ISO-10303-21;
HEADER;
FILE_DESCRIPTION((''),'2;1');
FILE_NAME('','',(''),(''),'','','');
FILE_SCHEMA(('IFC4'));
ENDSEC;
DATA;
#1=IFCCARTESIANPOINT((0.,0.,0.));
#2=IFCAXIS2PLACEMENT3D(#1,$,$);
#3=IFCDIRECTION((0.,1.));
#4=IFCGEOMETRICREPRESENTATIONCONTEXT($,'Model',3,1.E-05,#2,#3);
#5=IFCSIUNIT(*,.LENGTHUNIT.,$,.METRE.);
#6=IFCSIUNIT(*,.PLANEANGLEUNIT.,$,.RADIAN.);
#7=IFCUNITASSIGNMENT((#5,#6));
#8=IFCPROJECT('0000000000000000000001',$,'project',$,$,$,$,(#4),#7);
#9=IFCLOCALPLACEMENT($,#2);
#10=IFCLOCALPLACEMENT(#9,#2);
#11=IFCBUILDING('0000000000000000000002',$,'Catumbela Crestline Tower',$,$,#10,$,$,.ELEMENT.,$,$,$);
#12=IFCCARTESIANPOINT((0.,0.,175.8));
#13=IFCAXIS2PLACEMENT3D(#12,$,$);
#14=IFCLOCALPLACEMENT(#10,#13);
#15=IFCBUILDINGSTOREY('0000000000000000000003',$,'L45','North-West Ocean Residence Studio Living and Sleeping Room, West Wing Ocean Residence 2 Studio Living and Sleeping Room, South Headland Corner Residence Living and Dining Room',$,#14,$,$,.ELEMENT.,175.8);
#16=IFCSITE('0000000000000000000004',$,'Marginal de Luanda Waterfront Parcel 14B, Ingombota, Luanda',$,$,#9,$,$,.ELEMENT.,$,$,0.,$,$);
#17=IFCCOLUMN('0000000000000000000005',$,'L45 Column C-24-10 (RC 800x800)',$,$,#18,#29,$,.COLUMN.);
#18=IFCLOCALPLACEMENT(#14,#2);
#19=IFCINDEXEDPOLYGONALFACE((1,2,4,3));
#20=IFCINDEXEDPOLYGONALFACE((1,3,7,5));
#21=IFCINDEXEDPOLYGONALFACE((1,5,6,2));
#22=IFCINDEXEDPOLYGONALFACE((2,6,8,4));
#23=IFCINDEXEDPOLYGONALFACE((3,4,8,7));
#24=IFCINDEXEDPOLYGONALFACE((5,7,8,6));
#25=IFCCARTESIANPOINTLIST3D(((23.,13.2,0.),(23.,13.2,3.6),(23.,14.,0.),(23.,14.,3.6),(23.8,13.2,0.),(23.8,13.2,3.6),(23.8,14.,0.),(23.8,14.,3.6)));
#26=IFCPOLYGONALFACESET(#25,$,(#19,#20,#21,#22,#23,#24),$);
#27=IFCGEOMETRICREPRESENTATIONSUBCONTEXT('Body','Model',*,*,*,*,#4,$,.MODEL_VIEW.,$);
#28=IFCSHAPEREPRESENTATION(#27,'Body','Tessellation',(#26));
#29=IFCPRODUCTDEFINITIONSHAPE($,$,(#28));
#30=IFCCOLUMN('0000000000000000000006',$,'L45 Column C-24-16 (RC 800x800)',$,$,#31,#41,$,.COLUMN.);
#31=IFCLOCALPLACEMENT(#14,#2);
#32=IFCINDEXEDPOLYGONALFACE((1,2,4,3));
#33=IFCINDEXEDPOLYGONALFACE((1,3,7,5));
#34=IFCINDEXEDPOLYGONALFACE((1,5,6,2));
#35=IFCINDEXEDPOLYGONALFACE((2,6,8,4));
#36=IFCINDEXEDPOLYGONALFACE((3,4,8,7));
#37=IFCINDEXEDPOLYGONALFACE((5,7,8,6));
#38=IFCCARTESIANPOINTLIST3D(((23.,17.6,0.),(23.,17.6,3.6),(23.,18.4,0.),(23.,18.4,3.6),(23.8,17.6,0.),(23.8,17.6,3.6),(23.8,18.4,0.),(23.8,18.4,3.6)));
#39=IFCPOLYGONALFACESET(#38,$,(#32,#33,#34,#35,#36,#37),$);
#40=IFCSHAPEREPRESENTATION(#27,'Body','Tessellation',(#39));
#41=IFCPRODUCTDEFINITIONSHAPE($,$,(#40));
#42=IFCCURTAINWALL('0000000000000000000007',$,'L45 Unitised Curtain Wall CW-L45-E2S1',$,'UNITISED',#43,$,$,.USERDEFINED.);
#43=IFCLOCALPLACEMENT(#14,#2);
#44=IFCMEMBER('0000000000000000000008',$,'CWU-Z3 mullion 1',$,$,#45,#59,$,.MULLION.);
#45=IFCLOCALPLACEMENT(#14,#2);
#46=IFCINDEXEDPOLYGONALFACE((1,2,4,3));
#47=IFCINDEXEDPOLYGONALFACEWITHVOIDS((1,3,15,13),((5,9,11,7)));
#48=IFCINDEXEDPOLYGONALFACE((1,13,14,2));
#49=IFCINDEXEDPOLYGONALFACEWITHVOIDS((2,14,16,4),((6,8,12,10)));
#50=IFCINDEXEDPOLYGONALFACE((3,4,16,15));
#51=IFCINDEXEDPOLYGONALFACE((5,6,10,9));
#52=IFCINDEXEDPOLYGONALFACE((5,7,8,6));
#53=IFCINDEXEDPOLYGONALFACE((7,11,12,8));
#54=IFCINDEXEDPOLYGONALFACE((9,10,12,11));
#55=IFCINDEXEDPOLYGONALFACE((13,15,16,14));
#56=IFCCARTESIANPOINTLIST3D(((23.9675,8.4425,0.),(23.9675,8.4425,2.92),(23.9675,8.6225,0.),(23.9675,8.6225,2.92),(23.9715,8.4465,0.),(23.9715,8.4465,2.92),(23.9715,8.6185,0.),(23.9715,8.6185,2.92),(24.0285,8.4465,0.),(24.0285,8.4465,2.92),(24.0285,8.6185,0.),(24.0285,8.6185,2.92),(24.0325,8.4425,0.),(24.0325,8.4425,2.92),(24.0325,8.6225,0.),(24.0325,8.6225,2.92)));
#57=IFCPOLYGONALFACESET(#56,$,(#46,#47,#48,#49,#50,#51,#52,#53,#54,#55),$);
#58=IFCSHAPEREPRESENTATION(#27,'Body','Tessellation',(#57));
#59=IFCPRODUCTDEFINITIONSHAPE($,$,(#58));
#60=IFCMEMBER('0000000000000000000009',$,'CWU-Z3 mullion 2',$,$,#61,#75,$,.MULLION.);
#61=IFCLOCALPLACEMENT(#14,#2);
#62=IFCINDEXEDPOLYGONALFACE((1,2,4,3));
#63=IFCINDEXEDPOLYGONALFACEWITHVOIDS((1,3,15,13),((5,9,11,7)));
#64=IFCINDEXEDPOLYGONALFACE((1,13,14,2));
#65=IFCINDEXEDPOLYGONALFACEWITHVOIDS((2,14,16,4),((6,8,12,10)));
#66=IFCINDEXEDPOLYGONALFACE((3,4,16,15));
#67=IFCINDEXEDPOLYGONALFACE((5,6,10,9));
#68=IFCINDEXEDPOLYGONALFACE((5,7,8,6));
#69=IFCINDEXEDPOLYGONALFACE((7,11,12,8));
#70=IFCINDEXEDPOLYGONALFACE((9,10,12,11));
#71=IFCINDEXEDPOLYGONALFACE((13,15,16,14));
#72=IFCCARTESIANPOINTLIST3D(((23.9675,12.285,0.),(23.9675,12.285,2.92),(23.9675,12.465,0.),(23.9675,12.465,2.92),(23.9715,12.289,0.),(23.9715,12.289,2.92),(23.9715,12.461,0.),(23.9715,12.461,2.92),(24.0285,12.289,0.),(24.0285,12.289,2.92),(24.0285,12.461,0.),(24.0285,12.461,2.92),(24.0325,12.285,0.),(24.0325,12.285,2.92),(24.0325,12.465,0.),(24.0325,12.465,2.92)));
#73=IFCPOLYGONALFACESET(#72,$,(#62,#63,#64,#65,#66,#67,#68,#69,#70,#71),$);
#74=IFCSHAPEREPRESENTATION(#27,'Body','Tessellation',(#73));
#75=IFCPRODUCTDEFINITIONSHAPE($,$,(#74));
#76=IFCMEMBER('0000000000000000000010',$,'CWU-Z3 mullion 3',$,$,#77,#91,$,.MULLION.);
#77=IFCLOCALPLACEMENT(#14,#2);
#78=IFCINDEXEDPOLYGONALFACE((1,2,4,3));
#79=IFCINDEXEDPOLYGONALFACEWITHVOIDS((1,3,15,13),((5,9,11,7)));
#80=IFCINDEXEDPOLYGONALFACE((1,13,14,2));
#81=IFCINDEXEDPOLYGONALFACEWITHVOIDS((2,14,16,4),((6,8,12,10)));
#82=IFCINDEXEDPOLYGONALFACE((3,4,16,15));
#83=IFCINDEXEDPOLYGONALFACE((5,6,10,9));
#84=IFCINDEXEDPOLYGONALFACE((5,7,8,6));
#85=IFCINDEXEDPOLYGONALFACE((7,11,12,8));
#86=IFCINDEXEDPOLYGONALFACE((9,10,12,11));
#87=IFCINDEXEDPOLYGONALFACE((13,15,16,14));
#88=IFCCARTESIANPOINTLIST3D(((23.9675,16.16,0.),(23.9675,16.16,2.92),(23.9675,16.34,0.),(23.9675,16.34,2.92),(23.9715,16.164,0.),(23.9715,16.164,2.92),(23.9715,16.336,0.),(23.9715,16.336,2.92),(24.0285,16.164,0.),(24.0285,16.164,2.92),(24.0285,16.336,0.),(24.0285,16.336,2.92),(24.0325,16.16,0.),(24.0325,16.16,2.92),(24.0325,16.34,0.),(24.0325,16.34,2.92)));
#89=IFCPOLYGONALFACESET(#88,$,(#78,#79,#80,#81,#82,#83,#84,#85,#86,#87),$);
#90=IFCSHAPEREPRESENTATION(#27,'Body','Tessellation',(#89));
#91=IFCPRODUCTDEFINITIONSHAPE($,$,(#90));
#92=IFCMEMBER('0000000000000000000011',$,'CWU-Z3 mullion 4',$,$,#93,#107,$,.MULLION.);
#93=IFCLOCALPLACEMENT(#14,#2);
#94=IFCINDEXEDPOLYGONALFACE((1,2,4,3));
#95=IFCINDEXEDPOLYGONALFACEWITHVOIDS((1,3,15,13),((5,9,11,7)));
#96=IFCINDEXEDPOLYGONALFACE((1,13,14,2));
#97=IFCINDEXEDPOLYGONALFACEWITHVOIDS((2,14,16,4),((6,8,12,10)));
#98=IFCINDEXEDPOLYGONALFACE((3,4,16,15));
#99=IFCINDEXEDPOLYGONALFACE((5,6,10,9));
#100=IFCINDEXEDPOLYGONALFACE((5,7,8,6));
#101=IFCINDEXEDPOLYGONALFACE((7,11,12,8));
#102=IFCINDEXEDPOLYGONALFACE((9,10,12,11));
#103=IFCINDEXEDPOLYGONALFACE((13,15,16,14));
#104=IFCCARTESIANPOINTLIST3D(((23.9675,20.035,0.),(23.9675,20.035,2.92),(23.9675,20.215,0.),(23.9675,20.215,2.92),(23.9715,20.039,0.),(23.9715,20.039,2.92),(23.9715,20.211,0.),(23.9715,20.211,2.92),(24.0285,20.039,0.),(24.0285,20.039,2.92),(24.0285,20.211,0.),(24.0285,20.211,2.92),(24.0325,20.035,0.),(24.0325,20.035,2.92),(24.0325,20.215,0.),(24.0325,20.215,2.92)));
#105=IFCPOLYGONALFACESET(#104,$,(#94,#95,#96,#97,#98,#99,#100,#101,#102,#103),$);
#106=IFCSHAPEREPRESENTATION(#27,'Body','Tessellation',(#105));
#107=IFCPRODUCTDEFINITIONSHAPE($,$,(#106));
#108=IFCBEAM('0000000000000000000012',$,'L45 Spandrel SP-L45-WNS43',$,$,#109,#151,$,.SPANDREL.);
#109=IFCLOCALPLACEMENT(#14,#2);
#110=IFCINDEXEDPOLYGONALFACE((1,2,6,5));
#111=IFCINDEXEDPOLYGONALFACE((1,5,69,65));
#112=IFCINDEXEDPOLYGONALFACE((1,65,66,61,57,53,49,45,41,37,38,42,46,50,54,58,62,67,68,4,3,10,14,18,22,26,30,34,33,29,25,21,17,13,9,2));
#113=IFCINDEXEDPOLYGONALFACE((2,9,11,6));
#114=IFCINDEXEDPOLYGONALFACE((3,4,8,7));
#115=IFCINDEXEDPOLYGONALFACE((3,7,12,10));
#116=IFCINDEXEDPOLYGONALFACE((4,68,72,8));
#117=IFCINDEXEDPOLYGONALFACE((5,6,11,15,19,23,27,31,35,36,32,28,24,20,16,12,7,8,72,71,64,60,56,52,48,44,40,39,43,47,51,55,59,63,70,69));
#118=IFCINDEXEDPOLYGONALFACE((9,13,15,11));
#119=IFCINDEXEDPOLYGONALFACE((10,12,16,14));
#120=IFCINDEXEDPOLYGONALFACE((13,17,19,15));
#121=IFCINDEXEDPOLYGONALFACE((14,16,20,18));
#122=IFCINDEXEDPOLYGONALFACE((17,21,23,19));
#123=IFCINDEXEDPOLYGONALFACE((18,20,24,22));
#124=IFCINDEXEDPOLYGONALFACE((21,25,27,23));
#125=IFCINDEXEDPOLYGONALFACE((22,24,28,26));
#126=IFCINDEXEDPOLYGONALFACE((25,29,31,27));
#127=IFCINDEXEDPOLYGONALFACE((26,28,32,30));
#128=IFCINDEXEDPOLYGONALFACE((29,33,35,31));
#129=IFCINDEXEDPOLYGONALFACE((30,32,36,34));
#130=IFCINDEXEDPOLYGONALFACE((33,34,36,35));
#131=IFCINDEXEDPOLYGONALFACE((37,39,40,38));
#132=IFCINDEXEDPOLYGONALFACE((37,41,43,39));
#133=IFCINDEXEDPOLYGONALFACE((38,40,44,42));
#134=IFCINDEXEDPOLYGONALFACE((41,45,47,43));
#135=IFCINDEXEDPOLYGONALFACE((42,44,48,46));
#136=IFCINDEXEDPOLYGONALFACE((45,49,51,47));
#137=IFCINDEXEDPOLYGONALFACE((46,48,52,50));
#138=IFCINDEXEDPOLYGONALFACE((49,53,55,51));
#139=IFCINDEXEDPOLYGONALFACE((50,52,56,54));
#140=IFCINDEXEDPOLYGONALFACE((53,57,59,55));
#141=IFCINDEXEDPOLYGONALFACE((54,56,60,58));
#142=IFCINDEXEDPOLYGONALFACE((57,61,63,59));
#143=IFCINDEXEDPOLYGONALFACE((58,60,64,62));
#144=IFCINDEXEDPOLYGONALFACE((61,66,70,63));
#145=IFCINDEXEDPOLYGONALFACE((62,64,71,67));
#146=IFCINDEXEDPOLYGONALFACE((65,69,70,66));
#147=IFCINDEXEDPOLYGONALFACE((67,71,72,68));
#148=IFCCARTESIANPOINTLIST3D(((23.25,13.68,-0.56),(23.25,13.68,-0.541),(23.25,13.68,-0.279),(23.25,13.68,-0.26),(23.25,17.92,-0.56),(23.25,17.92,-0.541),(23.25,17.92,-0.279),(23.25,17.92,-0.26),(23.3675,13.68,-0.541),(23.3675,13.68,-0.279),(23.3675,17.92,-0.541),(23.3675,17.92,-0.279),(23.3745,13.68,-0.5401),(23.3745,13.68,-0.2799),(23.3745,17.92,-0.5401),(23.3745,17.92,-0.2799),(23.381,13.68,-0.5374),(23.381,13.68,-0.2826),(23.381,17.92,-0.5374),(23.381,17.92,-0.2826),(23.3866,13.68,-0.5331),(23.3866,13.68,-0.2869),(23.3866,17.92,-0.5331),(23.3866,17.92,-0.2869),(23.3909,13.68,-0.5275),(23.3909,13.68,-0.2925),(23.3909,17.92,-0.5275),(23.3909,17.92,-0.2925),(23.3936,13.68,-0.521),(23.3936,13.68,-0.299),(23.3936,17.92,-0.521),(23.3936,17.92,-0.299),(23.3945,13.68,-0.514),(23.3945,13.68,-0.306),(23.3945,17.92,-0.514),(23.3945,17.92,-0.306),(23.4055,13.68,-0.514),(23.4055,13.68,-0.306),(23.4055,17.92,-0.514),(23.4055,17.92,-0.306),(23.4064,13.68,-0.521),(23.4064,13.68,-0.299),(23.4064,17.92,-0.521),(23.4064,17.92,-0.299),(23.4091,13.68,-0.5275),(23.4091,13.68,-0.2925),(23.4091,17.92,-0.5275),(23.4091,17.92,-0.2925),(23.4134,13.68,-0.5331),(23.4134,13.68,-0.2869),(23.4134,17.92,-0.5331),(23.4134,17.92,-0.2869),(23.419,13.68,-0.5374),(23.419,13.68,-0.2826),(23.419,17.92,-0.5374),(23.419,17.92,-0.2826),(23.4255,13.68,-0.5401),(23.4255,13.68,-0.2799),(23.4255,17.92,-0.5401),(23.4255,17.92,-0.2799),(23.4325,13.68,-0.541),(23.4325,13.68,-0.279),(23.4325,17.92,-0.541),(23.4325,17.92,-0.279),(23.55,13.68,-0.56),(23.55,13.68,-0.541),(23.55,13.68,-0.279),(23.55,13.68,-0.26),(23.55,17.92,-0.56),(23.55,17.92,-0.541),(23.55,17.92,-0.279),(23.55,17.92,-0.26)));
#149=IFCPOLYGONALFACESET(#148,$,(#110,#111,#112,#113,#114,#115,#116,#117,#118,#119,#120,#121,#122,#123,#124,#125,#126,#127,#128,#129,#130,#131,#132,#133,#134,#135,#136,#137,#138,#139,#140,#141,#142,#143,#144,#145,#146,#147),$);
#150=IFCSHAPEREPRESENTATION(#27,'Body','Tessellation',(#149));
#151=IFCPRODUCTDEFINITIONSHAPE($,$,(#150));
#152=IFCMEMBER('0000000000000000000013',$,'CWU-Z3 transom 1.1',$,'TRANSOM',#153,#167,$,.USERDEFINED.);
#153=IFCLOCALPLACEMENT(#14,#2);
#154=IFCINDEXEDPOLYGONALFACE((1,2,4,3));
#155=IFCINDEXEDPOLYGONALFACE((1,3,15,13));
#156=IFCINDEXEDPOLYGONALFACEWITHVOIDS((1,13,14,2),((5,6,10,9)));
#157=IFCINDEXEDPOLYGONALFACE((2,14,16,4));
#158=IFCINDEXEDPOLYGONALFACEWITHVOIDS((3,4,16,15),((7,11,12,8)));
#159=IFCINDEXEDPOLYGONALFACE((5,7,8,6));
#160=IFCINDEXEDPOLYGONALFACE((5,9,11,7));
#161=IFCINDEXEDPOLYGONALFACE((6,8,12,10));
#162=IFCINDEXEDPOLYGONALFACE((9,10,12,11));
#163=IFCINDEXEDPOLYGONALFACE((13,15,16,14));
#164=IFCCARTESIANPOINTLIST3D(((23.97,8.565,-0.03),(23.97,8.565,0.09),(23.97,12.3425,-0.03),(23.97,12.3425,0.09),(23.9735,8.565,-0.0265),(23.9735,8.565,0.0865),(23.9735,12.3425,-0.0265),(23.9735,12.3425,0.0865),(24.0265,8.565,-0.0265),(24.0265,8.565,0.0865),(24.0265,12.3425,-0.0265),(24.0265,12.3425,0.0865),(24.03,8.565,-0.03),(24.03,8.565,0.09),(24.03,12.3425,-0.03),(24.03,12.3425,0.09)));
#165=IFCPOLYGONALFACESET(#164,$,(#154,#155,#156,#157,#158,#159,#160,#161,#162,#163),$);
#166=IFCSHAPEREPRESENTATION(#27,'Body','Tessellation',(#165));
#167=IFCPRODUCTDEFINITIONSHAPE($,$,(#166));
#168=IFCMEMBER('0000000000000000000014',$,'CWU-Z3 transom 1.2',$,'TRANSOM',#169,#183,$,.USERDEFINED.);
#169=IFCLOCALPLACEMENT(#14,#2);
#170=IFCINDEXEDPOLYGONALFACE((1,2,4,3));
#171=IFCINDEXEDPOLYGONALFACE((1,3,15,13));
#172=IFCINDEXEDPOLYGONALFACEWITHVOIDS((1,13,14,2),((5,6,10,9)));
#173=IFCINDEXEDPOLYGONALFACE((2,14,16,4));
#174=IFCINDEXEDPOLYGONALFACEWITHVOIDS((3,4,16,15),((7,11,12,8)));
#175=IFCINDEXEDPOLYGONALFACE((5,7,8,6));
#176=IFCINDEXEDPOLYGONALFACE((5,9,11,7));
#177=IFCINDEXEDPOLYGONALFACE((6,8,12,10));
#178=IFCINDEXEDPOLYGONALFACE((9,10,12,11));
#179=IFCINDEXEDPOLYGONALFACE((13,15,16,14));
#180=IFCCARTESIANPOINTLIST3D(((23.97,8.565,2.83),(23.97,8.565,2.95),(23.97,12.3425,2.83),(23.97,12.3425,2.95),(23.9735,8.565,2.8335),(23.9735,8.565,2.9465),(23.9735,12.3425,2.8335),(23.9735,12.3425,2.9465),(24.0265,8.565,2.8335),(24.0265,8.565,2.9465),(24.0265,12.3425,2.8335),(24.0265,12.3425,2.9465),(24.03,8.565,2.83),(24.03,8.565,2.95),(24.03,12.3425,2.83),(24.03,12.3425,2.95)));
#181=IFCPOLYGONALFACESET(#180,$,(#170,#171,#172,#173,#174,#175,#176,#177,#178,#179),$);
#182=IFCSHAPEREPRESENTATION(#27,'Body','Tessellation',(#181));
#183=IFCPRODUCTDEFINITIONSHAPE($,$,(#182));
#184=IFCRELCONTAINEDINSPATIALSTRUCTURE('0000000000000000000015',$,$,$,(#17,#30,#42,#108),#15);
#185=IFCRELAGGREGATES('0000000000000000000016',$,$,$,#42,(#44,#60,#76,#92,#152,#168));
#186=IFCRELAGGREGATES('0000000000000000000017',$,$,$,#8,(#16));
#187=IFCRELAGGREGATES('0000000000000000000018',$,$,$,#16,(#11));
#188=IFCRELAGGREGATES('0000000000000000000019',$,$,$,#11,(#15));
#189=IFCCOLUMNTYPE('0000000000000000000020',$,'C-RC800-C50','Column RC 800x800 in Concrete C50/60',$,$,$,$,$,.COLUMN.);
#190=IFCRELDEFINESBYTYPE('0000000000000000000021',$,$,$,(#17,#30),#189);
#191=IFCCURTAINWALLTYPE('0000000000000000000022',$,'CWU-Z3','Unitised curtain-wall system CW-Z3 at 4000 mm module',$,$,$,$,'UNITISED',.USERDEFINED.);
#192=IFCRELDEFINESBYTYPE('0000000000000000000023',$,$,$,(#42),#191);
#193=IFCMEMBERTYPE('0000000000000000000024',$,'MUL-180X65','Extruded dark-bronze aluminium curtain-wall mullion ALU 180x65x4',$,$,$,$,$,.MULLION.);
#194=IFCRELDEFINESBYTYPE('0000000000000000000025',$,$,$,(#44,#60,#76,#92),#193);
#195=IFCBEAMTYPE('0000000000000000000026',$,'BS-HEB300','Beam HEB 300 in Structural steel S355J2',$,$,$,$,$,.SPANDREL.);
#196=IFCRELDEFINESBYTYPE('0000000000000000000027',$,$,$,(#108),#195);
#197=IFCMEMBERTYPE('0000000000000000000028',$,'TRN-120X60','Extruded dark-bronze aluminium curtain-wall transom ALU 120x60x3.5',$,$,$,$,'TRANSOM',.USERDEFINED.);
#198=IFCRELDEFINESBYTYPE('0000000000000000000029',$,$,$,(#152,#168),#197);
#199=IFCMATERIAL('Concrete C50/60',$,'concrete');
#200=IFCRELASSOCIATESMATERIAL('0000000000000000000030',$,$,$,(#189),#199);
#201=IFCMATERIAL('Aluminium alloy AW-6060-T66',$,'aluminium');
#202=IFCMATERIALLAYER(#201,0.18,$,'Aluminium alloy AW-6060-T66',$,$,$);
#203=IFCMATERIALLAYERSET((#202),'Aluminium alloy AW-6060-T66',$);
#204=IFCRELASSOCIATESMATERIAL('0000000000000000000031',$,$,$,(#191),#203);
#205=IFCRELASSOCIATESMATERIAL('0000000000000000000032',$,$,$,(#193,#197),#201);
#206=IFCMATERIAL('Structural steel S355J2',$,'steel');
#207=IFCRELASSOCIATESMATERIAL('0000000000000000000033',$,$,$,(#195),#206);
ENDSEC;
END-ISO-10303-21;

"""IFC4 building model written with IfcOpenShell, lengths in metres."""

from ifc_helpers import new_model, si_unit, direction, frame, origin, origin_2d, place, context, subcontext, project, spatial, rectangle, hollow_rectangle, i_section, extrude, material, layer, layer_set, material_profile, profile_set, type_object, element, aggregate, save


model = new_model("IFC4")

# Units and contexts
model_context = context("Model", 3, precision=1e-05, world=origin(), true_north=direction((0.0, 1.0)))
body_context = subcontext(model_context, "Body", "Model", "MODEL_VIEW")
ifc_project = project(units=[si_unit("LENGTHUNIT", "METRE"), si_unit("PLANEANGLEUNIT", "RADIAN")], contexts=[model_context])

# Site, building, storey
site_placement = place(None, origin())
site = spatial("IfcSite", under=ifc_project, at=site_placement, Name="Marginal de Luanda Waterfront Parcel 14B, Ingombota, Luanda", CompositionType="ELEMENT", RefElevation=0.0)
building_placement = place(site_placement, origin())
building = spatial("IfcBuilding", under=site, at=building_placement, Name="Catumbela Crestline Tower", CompositionType="ELEMENT")
storey_placement = place(building_placement, frame((0.0, 0.0, 175.8)))
storey = spatial("IfcBuildingStorey", under=building, at=storey_placement, Name="L45", Description="North-West Ocean Residence Studio Living and Sleeping Room, West Wing Ocean Residence 2 Studio Living and Sleeping Room, South Headland Corner Residence Living and Dining Room", CompositionType="ELEMENT", Elevation=175.8)

# Columns
ifc_material_1 = material(Name="Concrete C50/60", Category="concrete")
ifc_material_profile_1 = material_profile(ifc_material_1, rectangle(XDim=0.8, YDim=0.8, at=origin_2d()), Name="RC 800x800")
ifc_profile_set_1 = profile_set([ifc_material_profile_1], Name="Concrete C50/60")
column_type = type_object("IfcColumnType", Name="C-RC800-C50", Description="Column RC 800x800 in Concrete C50/60", PredefinedType="COLUMN", material=ifc_profile_set_1)
for number, where, z_axis, x_axis, name in (
    (1, (23.4, 13.6, 0.0), (0.0, 0.0, 1.0), (1.0, 0.0, 0.0), "L45 Column C-24-10 (RC 800x800)"),
    (2, (23.4, 18.0, 0.0), (0.0, 0.0, 1.0), (1.0, 0.0, 0.0), "L45 Column C-24-16 (RC 800x800)"),
):
    element("IfcColumn", number, at=place(storey_placement, frame(where, z_axis=z_axis, x_axis=x_axis)), inside=storey, type_object=column_type, Name=name, PredefinedType="COLUMN", context=body_context, shape_type="SweptSolid", body=[
        extrude(rectangle(XDim=0.8, YDim=0.8, at=origin_2d()), origin(), (0.0, 0.0, 1.0), 3.6),
    ])

# Curtain wall, members
ifc_material_2 = material(Name="Aluminium alloy AW-6060-T66", Category="aluminium")
ifc_layer_1 = layer(ifc_material_2, 0.18, Name="Aluminium alloy AW-6060-T66")
ifc_layer_set_1 = layer_set([ifc_layer_1], Name="Aluminium alloy AW-6060-T66")
curtain_wall_type = type_object("IfcCurtainWallType", Name="CWU-Z3", Description="Unitised curtain-wall system CW-Z3 at 4000 mm module", ElementType="UNITISED", PredefinedType="USERDEFINED", material=ifc_layer_set_1)
curtain_wall_placement = place(storey_placement, origin())
curtain_wall = element("IfcCurtainWall", 3, at=curtain_wall_placement, inside=storey, type_object=curtain_wall_type, Name="L45 Unitised Curtain Wall CW-L45-E2S1", ObjectType="UNITISED", PredefinedType="USERDEFINED")
ifc_material_profile_2 = material_profile(ifc_material_2, hollow_rectangle(XDim=0.065, YDim=0.18, WallThickness=0.004, at=origin_2d()), Name="ALU 180x65x4")
ifc_profile_set_2 = profile_set([ifc_material_profile_2], Name="Aluminium alloy AW-6060-T66")
member_type_1 = type_object("IfcMemberType", Name="MUL-180X65", Description="Extruded dark-bronze aluminium curtain-wall mullion ALU 180x65x4", PredefinedType="MULLION", material=ifc_profile_set_2)
member_1_placement = place(storey_placement, frame((24.0, 8.5325, 0.0), z_axis=(0.0, 0.0, 1.0), x_axis=(-1.0, 0.0, 0.0)))
member_1 = element("IfcMember", 4, at=member_1_placement, type_object=member_type_1, Name="CWU-Z3 mullion 1", PredefinedType="MULLION", context=body_context, shape_type="SweptSolid", body=[
    extrude(hollow_rectangle(XDim=0.065, YDim=0.18, WallThickness=0.004, at=origin_2d()), origin(), (0.0, 0.0, 1.0), 2.92),
])
member_2_placement = place(storey_placement, frame((24.0, 12.375, 0.0), z_axis=(0.0, 0.0, 1.0), x_axis=(-1.0, 0.0, 0.0)))
member_2 = element("IfcMember", 5, at=member_2_placement, type_object=member_type_1, Name="CWU-Z3 mullion 2", PredefinedType="MULLION", context=body_context, shape_type="SweptSolid", body=[
    extrude(hollow_rectangle(XDim=0.065, YDim=0.18, WallThickness=0.004, at=origin_2d()), origin(), (0.0, 0.0, 1.0), 2.92),
])
member_3_placement = place(storey_placement, frame((24.0, 16.25, 0.0), z_axis=(0.0, 0.0, 1.0), x_axis=(-1.0, 0.0, 0.0)))
member_3 = element("IfcMember", 6, at=member_3_placement, type_object=member_type_1, Name="CWU-Z3 mullion 3", PredefinedType="MULLION", context=body_context, shape_type="SweptSolid", body=[
    extrude(hollow_rectangle(XDim=0.065, YDim=0.18, WallThickness=0.004, at=origin_2d()), origin(), (0.0, 0.0, 1.0), 2.92),
])
member_4_placement = place(storey_placement, frame((24.0, 20.125, 0.0), z_axis=(0.0, 0.0, 1.0), x_axis=(-1.0, 0.0, 0.0)))
member_4 = element("IfcMember", 7, at=member_4_placement, type_object=member_type_1, Name="CWU-Z3 mullion 4", PredefinedType="MULLION", context=body_context, shape_type="SweptSolid", body=[
    extrude(hollow_rectangle(XDim=0.065, YDim=0.18, WallThickness=0.004, at=origin_2d()), origin(), (0.0, 0.0, 1.0), 2.92),
])

# Beam
ifc_material_3 = material(Name="Structural steel S355J2", Category="steel")
ifc_material_profile_3 = material_profile(ifc_material_3, i_section(OverallWidth=0.3, OverallDepth=0.3, WebThickness=0.011, FlangeThickness=0.019, FilletRadius=0.027, at=origin_2d()), Name="HEB 300")
ifc_profile_set_3 = profile_set([ifc_material_profile_3], Name="Structural steel S355J2")
beam_type = type_object("IfcBeamType", Name="BS-HEB300", Description="Beam HEB 300 in Structural steel S355J2", PredefinedType="SPANDREL", material=ifc_profile_set_3)
beam_placement = place(storey_placement, frame((23.4, 13.68, -0.41), z_axis=(0.0, 1.0, 0.0), x_axis=(-1.0, 0.0, 0.0)))
element("IfcBeam", 8, at=beam_placement, inside=storey, type_object=beam_type, Name="L45 Spandrel SP-L45-WNS43", PredefinedType="SPANDREL", context=body_context, shape_type="SweptSolid", body=[
    extrude(i_section(OverallWidth=0.3, OverallDepth=0.3, WebThickness=0.011, FlangeThickness=0.019, FilletRadius=0.027, at=origin_2d()), origin(), (0.0, 0.0, 1.0), 4.24),
])

# Members
ifc_material_profile_4 = material_profile(ifc_material_2, hollow_rectangle(XDim=0.06, YDim=0.12, WallThickness=0.0035, at=origin_2d()), Name="ALU 120x60x3.5")
ifc_profile_set_4 = profile_set([ifc_material_profile_4], Name="Aluminium alloy AW-6060-T66")
member_type_2 = type_object("IfcMemberType", Name="TRN-120X60", Description="Extruded dark-bronze aluminium curtain-wall transom ALU 120x60x3.5", ElementType="TRANSOM", PredefinedType="USERDEFINED", material=ifc_profile_set_4)
member_5_placement = place(storey_placement, frame((24.0, 8.565, 0.03), z_axis=(0.0, 1.0, 0.0), x_axis=(-1.0, 0.0, 0.0)))
member_5 = element("IfcMember", 9, at=member_5_placement, type_object=member_type_2, Name="CWU-Z3 transom 1.1", ObjectType="TRANSOM", PredefinedType="USERDEFINED", context=body_context, shape_type="SweptSolid", body=[
    extrude(hollow_rectangle(XDim=0.06, YDim=0.12, WallThickness=0.0035, at=origin_2d()), origin(), (0.0, 0.0, 1.0), 3.7775),
])
member_6_placement = place(storey_placement, frame((24.0, 8.565, 2.89), z_axis=(0.0, 1.0, 0.0), x_axis=(-1.0, 0.0, 0.0)))
member_6 = element("IfcMember", 10, at=member_6_placement, type_object=member_type_2, Name="CWU-Z3 transom 1.2", ObjectType="TRANSOM", PredefinedType="USERDEFINED", context=body_context, shape_type="SweptSolid", body=[
    extrude(hollow_rectangle(XDim=0.06, YDim=0.12, WallThickness=0.0035, at=origin_2d()), origin(), (0.0, 0.0, 1.0), 3.7775),
])

aggregate(curtain_wall, [member_1, member_2, member_3, member_4, member_5, member_6])

save(model, "model.ifc")
